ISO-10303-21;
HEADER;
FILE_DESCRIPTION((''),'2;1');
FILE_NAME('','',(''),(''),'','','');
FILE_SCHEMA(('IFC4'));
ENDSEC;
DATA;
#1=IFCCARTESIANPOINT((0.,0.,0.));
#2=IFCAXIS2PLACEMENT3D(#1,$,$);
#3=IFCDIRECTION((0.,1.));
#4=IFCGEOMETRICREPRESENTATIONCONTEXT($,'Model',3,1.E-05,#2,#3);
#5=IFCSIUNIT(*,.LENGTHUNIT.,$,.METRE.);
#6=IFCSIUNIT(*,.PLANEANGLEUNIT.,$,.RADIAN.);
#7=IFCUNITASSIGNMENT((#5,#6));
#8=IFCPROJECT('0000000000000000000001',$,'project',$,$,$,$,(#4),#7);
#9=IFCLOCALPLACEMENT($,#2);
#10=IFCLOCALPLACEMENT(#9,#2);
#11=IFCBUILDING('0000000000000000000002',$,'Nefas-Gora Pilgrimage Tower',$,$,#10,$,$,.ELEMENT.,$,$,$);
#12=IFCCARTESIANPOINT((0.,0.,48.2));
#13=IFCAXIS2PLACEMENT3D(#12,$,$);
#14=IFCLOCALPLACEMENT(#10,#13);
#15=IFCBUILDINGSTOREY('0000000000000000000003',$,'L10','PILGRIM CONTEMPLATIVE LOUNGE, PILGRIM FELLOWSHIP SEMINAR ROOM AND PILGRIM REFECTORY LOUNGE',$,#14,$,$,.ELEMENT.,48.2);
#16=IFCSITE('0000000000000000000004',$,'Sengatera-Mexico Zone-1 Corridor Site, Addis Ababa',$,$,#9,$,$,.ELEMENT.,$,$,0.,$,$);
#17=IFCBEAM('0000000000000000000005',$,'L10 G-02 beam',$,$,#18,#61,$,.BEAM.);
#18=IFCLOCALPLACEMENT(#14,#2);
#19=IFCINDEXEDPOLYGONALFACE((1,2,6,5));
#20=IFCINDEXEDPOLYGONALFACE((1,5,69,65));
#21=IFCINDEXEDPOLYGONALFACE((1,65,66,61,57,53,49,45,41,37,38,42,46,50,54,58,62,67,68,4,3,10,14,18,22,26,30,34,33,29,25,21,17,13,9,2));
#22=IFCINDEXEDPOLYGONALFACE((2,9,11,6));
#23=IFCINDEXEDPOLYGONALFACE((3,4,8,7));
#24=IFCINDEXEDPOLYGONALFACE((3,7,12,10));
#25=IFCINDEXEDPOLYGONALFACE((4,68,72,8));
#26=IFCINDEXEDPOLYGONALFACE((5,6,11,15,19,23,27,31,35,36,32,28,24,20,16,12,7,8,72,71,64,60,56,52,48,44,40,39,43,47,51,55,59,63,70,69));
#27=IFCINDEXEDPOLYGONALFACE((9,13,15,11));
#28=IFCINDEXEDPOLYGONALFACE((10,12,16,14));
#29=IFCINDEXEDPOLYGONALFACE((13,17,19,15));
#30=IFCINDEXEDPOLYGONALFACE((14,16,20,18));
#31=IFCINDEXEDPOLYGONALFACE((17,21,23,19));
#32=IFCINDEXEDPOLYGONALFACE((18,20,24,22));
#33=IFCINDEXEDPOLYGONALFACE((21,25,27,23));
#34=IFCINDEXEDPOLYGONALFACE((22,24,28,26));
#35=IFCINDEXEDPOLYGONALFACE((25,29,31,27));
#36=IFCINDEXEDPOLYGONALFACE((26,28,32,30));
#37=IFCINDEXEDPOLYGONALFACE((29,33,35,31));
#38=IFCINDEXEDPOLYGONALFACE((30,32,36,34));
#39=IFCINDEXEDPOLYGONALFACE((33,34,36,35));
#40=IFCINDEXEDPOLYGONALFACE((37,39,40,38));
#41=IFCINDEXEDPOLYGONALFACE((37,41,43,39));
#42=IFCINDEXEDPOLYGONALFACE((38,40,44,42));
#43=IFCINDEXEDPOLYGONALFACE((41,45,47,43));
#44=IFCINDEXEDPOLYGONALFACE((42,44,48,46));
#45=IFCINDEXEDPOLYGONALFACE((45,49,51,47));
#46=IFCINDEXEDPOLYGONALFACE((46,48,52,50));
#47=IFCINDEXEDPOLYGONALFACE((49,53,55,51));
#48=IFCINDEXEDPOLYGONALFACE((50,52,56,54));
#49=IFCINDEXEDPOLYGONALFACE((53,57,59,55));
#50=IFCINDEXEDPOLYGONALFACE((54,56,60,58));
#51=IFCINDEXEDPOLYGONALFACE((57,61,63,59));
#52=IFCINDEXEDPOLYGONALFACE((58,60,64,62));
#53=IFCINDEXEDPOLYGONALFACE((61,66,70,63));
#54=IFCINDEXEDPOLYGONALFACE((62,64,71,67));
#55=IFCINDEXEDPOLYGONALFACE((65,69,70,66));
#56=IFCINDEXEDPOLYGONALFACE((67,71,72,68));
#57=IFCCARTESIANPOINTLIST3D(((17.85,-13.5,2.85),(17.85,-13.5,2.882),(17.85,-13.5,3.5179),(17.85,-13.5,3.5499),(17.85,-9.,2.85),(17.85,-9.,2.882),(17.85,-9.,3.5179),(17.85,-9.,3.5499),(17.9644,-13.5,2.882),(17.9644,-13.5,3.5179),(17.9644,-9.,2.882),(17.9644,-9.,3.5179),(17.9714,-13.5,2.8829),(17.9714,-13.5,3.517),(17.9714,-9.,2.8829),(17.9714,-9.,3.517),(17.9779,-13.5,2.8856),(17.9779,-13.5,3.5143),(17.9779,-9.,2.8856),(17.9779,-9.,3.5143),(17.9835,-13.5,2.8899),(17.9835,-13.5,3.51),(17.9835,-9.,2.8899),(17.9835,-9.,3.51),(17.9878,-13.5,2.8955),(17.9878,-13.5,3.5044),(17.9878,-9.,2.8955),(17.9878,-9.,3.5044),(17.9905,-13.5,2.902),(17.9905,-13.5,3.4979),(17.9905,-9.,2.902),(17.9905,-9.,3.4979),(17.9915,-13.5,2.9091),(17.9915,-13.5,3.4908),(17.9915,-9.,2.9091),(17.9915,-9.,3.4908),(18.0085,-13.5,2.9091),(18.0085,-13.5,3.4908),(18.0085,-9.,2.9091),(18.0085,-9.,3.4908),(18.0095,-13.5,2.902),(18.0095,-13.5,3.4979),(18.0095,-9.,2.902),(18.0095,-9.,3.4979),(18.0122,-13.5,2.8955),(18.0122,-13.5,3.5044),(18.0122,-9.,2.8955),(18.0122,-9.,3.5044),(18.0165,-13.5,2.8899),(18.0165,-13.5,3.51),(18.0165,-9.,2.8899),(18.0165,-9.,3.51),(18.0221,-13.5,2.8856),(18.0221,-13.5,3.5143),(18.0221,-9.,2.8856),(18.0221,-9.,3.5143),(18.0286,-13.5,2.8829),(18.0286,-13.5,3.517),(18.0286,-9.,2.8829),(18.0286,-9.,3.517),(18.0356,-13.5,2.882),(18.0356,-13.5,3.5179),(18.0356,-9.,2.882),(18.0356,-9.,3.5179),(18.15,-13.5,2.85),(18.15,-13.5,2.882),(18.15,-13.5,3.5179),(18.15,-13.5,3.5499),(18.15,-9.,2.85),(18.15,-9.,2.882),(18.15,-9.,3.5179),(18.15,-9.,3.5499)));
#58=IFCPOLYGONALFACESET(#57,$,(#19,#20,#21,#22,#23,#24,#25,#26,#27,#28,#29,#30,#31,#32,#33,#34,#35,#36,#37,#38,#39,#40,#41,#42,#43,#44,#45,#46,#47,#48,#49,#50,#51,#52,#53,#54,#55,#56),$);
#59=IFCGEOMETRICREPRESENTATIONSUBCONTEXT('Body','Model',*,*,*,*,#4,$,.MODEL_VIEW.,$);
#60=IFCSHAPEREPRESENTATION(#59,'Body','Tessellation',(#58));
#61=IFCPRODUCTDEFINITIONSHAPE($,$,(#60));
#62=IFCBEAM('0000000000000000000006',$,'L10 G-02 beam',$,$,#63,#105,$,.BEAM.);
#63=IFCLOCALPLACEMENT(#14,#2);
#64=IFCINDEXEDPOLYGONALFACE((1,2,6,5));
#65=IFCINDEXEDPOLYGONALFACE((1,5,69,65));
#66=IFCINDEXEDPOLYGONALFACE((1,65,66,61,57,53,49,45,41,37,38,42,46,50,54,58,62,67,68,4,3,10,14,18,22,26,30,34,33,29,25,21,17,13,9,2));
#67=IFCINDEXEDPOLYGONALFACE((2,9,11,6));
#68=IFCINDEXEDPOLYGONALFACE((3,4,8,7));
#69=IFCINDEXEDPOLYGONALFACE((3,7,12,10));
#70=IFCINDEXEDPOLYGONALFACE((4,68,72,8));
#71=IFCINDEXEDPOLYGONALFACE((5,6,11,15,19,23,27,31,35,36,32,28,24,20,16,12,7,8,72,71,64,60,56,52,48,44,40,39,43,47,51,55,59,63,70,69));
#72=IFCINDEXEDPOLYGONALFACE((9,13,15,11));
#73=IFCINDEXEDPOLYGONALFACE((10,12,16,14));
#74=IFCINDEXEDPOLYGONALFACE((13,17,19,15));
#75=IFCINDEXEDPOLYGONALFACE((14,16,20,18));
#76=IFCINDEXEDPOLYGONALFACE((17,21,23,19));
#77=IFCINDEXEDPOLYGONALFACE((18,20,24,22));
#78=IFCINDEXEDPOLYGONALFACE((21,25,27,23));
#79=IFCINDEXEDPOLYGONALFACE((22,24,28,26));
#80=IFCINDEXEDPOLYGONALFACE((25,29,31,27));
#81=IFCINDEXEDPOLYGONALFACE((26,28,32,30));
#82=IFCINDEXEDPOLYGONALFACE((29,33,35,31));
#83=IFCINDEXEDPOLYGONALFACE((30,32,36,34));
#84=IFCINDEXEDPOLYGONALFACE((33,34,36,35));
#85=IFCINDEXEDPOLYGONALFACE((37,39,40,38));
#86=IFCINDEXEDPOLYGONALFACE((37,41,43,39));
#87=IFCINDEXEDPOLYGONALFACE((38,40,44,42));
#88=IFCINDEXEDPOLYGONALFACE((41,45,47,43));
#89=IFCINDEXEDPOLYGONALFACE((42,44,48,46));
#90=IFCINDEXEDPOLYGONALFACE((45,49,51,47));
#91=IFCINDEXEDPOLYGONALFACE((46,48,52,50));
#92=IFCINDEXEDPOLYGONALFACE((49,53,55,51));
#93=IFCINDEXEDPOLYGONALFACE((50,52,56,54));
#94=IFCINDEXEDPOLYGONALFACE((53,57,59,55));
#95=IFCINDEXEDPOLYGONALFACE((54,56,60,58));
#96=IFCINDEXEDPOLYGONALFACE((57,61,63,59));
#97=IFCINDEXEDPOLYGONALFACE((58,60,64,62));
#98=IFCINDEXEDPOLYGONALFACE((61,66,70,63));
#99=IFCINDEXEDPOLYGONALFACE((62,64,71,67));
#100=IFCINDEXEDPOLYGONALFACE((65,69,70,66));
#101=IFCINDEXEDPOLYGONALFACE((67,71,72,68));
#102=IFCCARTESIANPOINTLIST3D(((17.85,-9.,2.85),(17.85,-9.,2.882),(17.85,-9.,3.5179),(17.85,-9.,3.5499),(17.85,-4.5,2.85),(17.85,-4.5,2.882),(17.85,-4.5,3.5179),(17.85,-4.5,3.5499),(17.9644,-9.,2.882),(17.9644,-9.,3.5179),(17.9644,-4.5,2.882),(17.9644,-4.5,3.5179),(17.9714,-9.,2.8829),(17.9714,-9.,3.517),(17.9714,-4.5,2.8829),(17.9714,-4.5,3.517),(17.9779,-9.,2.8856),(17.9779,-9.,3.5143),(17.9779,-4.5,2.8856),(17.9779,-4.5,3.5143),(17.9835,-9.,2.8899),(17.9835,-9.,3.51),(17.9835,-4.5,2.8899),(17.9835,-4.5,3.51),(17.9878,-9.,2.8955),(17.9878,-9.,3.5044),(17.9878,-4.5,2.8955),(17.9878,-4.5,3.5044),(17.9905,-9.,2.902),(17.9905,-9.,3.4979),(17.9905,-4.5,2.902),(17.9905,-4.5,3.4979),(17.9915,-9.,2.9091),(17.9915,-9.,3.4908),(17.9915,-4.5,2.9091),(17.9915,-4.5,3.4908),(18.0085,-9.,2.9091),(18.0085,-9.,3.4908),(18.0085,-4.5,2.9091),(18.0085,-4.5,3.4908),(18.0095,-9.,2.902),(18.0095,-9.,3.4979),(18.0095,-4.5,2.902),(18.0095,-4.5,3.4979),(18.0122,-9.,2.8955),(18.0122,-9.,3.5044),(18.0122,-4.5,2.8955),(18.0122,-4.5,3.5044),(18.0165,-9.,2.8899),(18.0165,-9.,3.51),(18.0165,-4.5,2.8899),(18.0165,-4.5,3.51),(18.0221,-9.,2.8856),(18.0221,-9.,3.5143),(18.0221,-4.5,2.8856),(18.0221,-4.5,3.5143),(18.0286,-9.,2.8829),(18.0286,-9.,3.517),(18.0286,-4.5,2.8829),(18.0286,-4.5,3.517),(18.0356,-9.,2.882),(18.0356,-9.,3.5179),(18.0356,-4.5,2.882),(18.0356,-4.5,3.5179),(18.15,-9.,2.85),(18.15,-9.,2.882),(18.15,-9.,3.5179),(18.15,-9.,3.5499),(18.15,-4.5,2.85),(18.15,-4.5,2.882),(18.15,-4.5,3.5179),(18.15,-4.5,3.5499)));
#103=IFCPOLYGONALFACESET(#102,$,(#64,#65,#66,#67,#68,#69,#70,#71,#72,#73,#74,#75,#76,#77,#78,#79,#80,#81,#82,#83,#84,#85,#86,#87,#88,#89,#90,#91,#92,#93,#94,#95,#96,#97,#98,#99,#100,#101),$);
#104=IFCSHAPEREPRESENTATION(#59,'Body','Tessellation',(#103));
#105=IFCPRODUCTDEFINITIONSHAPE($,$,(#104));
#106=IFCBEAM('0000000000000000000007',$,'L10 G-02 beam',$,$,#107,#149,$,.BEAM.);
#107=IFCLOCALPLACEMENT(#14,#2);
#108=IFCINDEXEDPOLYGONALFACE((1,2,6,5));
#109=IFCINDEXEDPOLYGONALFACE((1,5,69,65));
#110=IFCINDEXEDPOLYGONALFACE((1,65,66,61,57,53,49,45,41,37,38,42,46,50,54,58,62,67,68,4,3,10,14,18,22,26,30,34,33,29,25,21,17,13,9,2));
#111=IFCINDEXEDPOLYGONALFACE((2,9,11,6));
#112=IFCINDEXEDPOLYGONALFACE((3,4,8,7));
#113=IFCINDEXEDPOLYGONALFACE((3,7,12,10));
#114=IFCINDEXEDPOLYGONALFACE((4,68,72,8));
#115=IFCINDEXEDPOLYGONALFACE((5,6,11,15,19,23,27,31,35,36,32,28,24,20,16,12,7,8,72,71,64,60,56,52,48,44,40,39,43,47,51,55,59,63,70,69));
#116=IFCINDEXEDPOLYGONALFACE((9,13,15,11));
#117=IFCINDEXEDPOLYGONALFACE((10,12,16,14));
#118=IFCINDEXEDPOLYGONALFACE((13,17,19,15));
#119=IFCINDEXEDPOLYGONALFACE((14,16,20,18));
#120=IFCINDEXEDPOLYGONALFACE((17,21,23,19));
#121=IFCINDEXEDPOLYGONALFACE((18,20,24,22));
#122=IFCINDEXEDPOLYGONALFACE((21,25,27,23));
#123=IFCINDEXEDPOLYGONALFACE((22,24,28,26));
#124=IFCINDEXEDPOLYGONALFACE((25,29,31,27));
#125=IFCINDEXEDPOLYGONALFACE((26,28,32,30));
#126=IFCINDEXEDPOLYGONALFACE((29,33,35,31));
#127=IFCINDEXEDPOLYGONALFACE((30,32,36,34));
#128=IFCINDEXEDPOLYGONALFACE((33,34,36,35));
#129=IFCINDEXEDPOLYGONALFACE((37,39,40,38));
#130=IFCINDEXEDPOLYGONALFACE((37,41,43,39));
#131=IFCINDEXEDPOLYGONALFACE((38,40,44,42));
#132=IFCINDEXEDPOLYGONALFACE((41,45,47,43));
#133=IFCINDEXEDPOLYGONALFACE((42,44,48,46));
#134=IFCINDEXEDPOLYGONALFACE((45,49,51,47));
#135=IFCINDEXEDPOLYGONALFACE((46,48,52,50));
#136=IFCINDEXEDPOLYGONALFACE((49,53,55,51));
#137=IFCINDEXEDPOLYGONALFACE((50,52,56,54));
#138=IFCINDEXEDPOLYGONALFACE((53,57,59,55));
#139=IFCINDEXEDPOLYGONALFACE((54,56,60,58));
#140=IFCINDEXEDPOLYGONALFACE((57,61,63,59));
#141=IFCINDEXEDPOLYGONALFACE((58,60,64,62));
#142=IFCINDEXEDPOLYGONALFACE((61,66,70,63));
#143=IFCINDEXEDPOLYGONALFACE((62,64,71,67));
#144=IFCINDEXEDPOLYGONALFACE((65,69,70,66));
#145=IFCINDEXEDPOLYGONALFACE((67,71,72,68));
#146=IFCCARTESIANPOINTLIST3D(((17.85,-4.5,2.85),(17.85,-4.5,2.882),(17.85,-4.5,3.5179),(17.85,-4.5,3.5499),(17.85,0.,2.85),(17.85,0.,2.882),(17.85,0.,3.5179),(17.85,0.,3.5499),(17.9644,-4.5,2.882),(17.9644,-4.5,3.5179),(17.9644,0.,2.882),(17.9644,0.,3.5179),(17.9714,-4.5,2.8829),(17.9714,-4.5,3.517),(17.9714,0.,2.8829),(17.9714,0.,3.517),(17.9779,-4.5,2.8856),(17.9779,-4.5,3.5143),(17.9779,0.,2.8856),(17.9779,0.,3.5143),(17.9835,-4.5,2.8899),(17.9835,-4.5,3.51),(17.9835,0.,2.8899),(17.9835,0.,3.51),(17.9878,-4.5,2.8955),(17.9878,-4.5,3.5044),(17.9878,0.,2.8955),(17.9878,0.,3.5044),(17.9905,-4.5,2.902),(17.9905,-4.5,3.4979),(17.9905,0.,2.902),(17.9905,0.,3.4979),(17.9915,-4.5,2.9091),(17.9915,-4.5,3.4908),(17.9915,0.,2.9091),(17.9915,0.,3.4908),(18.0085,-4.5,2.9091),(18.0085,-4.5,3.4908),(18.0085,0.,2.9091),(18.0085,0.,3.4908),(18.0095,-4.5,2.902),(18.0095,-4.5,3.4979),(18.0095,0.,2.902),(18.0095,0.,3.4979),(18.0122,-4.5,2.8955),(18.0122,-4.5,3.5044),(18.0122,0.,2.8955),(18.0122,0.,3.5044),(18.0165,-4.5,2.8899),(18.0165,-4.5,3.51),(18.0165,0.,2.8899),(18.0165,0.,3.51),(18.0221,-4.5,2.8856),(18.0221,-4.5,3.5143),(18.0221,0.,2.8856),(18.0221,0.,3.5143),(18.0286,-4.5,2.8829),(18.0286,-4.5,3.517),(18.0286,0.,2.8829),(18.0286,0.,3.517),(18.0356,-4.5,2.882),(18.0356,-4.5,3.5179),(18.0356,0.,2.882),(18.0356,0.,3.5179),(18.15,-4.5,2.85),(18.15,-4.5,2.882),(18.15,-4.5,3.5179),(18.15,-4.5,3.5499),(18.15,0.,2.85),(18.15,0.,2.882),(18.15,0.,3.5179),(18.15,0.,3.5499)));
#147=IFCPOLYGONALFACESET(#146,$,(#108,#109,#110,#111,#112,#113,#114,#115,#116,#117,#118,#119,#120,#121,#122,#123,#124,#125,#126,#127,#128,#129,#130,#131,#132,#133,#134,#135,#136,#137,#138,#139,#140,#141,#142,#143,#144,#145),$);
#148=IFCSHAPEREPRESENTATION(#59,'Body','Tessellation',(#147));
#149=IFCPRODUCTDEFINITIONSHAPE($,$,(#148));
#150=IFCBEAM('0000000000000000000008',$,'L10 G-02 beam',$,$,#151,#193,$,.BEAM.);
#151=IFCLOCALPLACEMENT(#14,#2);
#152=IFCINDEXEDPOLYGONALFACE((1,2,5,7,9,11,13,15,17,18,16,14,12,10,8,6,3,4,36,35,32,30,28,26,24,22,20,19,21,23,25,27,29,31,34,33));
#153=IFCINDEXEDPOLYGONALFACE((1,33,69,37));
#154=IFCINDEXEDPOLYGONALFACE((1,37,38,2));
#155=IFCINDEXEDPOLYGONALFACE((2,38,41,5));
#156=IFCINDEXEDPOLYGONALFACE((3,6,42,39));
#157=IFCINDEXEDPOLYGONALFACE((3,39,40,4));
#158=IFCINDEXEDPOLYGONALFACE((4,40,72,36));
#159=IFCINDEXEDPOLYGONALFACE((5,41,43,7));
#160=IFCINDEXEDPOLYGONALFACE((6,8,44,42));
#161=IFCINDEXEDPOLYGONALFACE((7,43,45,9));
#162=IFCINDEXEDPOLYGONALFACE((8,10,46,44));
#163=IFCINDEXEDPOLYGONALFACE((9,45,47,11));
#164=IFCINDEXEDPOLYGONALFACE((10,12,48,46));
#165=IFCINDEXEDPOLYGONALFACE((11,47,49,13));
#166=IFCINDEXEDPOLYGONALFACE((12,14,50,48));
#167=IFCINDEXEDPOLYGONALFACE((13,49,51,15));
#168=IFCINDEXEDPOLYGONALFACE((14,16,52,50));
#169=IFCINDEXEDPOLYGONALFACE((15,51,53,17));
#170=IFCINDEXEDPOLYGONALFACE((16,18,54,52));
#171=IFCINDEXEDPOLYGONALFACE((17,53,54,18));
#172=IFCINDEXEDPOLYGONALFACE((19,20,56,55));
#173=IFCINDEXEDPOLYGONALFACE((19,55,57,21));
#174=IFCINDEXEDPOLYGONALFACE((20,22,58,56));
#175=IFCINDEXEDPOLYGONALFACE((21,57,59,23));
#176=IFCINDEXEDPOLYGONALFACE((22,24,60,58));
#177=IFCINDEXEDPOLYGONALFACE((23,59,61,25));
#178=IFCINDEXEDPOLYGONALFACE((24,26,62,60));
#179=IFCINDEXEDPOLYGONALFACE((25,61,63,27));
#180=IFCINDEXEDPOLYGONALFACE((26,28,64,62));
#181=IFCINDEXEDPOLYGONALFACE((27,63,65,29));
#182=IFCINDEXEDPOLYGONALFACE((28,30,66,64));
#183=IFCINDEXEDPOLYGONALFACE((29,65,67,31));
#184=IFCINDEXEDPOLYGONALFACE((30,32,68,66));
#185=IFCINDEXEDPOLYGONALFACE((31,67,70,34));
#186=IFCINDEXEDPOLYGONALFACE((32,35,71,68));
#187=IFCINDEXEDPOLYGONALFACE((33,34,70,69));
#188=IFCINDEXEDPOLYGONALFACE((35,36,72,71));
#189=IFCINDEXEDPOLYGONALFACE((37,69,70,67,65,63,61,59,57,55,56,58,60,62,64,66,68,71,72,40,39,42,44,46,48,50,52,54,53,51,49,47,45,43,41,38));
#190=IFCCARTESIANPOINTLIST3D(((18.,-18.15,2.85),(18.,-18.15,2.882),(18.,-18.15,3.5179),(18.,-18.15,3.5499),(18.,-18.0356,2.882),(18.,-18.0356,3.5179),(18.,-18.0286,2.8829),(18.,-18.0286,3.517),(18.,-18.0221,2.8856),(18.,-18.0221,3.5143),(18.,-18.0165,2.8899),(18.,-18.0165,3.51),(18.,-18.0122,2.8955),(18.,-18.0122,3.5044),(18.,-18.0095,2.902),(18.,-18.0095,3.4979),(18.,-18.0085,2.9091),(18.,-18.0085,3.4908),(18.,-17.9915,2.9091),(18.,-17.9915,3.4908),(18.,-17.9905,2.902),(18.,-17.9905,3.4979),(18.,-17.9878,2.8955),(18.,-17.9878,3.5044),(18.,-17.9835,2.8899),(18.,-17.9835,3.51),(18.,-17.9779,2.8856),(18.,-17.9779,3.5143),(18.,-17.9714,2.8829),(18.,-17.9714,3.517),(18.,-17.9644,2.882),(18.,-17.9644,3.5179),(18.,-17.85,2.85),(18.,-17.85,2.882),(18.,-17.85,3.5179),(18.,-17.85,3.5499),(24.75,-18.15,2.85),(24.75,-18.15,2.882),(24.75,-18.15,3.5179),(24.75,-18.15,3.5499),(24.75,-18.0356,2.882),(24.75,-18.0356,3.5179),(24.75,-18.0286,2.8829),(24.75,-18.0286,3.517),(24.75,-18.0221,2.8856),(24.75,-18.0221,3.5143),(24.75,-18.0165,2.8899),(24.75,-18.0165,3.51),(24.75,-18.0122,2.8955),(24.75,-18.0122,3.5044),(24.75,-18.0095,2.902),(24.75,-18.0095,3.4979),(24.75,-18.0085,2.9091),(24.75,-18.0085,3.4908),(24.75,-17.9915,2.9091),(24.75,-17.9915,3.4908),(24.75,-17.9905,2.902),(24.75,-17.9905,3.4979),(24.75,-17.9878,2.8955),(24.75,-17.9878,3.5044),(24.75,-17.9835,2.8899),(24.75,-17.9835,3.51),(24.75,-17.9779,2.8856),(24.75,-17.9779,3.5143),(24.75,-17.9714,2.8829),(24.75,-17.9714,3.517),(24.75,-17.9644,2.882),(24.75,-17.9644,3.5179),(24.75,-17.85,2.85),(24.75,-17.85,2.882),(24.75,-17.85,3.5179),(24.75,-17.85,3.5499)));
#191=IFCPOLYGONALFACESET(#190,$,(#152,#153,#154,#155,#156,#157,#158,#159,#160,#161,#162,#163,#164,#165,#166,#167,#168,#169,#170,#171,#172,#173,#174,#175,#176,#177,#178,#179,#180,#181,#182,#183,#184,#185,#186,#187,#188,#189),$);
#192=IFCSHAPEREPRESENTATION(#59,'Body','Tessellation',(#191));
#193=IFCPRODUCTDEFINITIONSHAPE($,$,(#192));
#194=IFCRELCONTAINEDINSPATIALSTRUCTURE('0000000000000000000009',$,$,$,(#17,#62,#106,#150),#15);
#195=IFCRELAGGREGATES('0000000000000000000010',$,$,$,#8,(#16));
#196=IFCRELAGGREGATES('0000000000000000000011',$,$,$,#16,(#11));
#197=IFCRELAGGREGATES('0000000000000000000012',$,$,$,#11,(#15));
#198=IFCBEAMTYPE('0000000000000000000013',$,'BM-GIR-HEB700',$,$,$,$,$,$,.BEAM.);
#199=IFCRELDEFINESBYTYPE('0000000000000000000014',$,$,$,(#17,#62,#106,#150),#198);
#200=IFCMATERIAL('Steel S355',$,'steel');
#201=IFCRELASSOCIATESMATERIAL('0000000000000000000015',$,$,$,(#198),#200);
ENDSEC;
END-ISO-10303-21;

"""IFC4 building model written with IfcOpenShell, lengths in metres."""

from ifc_helpers import new_model, si_unit, direction, frame, origin, origin_2d, place, context, subcontext, project, spatial, i_section, extrude, source, transform, mapped, material, material_profile, profile_set, type_object, element, save


model = new_model("IFC4")

# Units and contexts
model_context = context("Model", 3, precision=1e-05, world=origin(), true_north=direction((0.0, 1.0)))
body_context = subcontext(model_context, "Body", "Model", "MODEL_VIEW")
ifc_project = project(units=[si_unit("LENGTHUNIT", "METRE"), si_unit("PLANEANGLEUNIT", "RADIAN")], contexts=[model_context])

# Site, building, storey
site_placement = place(None, origin())
site = spatial("IfcSite", under=ifc_project, at=site_placement, Name="Sengatera-Mexico Zone-1 Corridor Site, Addis Ababa", CompositionType="ELEMENT", RefElevation=0.0)
building_placement = place(site_placement, origin())
building = spatial("IfcBuilding", under=site, at=building_placement, Name="Nefas-Gora Pilgrimage Tower", CompositionType="ELEMENT")
storey_placement = place(building_placement, frame((0.0, 0.0, 48.2)))
storey = spatial("IfcBuildingStorey", under=building, at=storey_placement, Name="L10", Description="PILGRIM CONTEMPLATIVE LOUNGE, PILGRIM FELLOWSHIP SEMINAR ROOM AND PILGRIM REFECTORY LOUNGE", CompositionType="ELEMENT", Elevation=48.2)

# Beams
ifc_material_1 = material(Name="Steel S355", Category="steel")
ifc_material_profile_1 = material_profile(ifc_material_1, i_section(OverallWidth=0.3, OverallDepth=0.7, WebThickness=0.0171, FlangeThickness=0.032, FilletRadius=0.0271, at=origin_2d()), Name="HEB 700")
ifc_profile_set_1 = profile_set([ifc_material_profile_1], Name="Steel S355")
beam_type_1 = type_object("IfcBeamType", Name="BM-GIR-HEB700", PredefinedType="BEAM", material=ifc_profile_set_1)
shared_shape_1 = source(origin(), body_context, "Body", "SweptSolid", [
    extrude(i_section(OverallWidth=0.3, OverallDepth=0.7, WebThickness=0.0171, FlangeThickness=0.032, FilletRadius=0.0271, at=origin_2d()), origin(), (0.0, 0.0, 1.0), 4.5),
])
for number, where, z_axis, x_axis, name in (
    (1, (18.0, -13.5, 3.2), (0.0, 1.0, 0.0), (-1.0, 0.0, 0.0), "L10 G-02 beam"),
    (2, (18.0, -9.0, 3.2), (0.0, 1.0, 0.0), (-1.0, 0.0, 0.0), "L10 G-02 beam"),
    (3, (18.0, -4.5, 3.2), (0.0, 1.0, 0.0), (-1.0, 0.0, 0.0), "L10 G-02 beam"),
):
    element("IfcBeam", number, at=place(storey_placement, frame(where, z_axis=z_axis, x_axis=x_axis)), inside=storey, type_object=beam_type_1, Name=name, PredefinedType="BEAM", context=body_context, shape_type="MappedRepresentation", body=[
        mapped(shared_shape_1, transform((0.0, 0.0, 0.0), x_axis=(1.0, 0.0, 0.0), y_axis=(0.0, 1.0, 0.0), z_axis=(0.0, 0.0, 1.0), scale=1.0)),
    ])
shared_shape_2 = source(origin(), body_context, "Body", "SweptSolid", [
    extrude(i_section(OverallWidth=0.3, OverallDepth=0.7, WebThickness=0.0171, FlangeThickness=0.032, FilletRadius=0.0271, at=origin_2d()), origin(), (0.0, 0.0, 1.0), 6.75),
])
for number, where, z_axis, x_axis, name in (
    (4, (18.0, -18.0, 3.2), (1.0, 0.0, 0.0), (0.0, 1.0, 0.0), "L10 G-02 beam"),
):
    element("IfcBeam", number, at=place(storey_placement, frame(where, z_axis=z_axis, x_axis=x_axis)), inside=storey, type_object=beam_type_1, Name=name, PredefinedType="BEAM", context=body_context, shape_type="MappedRepresentation", body=[
        mapped(shared_shape_2, transform((0.0, 0.0, 0.0), x_axis=(1.0, 0.0, 0.0), y_axis=(0.0, 1.0, 0.0), z_axis=(0.0, 0.0, 1.0), scale=1.0)),
    ])

save(model, "model.ifc")
